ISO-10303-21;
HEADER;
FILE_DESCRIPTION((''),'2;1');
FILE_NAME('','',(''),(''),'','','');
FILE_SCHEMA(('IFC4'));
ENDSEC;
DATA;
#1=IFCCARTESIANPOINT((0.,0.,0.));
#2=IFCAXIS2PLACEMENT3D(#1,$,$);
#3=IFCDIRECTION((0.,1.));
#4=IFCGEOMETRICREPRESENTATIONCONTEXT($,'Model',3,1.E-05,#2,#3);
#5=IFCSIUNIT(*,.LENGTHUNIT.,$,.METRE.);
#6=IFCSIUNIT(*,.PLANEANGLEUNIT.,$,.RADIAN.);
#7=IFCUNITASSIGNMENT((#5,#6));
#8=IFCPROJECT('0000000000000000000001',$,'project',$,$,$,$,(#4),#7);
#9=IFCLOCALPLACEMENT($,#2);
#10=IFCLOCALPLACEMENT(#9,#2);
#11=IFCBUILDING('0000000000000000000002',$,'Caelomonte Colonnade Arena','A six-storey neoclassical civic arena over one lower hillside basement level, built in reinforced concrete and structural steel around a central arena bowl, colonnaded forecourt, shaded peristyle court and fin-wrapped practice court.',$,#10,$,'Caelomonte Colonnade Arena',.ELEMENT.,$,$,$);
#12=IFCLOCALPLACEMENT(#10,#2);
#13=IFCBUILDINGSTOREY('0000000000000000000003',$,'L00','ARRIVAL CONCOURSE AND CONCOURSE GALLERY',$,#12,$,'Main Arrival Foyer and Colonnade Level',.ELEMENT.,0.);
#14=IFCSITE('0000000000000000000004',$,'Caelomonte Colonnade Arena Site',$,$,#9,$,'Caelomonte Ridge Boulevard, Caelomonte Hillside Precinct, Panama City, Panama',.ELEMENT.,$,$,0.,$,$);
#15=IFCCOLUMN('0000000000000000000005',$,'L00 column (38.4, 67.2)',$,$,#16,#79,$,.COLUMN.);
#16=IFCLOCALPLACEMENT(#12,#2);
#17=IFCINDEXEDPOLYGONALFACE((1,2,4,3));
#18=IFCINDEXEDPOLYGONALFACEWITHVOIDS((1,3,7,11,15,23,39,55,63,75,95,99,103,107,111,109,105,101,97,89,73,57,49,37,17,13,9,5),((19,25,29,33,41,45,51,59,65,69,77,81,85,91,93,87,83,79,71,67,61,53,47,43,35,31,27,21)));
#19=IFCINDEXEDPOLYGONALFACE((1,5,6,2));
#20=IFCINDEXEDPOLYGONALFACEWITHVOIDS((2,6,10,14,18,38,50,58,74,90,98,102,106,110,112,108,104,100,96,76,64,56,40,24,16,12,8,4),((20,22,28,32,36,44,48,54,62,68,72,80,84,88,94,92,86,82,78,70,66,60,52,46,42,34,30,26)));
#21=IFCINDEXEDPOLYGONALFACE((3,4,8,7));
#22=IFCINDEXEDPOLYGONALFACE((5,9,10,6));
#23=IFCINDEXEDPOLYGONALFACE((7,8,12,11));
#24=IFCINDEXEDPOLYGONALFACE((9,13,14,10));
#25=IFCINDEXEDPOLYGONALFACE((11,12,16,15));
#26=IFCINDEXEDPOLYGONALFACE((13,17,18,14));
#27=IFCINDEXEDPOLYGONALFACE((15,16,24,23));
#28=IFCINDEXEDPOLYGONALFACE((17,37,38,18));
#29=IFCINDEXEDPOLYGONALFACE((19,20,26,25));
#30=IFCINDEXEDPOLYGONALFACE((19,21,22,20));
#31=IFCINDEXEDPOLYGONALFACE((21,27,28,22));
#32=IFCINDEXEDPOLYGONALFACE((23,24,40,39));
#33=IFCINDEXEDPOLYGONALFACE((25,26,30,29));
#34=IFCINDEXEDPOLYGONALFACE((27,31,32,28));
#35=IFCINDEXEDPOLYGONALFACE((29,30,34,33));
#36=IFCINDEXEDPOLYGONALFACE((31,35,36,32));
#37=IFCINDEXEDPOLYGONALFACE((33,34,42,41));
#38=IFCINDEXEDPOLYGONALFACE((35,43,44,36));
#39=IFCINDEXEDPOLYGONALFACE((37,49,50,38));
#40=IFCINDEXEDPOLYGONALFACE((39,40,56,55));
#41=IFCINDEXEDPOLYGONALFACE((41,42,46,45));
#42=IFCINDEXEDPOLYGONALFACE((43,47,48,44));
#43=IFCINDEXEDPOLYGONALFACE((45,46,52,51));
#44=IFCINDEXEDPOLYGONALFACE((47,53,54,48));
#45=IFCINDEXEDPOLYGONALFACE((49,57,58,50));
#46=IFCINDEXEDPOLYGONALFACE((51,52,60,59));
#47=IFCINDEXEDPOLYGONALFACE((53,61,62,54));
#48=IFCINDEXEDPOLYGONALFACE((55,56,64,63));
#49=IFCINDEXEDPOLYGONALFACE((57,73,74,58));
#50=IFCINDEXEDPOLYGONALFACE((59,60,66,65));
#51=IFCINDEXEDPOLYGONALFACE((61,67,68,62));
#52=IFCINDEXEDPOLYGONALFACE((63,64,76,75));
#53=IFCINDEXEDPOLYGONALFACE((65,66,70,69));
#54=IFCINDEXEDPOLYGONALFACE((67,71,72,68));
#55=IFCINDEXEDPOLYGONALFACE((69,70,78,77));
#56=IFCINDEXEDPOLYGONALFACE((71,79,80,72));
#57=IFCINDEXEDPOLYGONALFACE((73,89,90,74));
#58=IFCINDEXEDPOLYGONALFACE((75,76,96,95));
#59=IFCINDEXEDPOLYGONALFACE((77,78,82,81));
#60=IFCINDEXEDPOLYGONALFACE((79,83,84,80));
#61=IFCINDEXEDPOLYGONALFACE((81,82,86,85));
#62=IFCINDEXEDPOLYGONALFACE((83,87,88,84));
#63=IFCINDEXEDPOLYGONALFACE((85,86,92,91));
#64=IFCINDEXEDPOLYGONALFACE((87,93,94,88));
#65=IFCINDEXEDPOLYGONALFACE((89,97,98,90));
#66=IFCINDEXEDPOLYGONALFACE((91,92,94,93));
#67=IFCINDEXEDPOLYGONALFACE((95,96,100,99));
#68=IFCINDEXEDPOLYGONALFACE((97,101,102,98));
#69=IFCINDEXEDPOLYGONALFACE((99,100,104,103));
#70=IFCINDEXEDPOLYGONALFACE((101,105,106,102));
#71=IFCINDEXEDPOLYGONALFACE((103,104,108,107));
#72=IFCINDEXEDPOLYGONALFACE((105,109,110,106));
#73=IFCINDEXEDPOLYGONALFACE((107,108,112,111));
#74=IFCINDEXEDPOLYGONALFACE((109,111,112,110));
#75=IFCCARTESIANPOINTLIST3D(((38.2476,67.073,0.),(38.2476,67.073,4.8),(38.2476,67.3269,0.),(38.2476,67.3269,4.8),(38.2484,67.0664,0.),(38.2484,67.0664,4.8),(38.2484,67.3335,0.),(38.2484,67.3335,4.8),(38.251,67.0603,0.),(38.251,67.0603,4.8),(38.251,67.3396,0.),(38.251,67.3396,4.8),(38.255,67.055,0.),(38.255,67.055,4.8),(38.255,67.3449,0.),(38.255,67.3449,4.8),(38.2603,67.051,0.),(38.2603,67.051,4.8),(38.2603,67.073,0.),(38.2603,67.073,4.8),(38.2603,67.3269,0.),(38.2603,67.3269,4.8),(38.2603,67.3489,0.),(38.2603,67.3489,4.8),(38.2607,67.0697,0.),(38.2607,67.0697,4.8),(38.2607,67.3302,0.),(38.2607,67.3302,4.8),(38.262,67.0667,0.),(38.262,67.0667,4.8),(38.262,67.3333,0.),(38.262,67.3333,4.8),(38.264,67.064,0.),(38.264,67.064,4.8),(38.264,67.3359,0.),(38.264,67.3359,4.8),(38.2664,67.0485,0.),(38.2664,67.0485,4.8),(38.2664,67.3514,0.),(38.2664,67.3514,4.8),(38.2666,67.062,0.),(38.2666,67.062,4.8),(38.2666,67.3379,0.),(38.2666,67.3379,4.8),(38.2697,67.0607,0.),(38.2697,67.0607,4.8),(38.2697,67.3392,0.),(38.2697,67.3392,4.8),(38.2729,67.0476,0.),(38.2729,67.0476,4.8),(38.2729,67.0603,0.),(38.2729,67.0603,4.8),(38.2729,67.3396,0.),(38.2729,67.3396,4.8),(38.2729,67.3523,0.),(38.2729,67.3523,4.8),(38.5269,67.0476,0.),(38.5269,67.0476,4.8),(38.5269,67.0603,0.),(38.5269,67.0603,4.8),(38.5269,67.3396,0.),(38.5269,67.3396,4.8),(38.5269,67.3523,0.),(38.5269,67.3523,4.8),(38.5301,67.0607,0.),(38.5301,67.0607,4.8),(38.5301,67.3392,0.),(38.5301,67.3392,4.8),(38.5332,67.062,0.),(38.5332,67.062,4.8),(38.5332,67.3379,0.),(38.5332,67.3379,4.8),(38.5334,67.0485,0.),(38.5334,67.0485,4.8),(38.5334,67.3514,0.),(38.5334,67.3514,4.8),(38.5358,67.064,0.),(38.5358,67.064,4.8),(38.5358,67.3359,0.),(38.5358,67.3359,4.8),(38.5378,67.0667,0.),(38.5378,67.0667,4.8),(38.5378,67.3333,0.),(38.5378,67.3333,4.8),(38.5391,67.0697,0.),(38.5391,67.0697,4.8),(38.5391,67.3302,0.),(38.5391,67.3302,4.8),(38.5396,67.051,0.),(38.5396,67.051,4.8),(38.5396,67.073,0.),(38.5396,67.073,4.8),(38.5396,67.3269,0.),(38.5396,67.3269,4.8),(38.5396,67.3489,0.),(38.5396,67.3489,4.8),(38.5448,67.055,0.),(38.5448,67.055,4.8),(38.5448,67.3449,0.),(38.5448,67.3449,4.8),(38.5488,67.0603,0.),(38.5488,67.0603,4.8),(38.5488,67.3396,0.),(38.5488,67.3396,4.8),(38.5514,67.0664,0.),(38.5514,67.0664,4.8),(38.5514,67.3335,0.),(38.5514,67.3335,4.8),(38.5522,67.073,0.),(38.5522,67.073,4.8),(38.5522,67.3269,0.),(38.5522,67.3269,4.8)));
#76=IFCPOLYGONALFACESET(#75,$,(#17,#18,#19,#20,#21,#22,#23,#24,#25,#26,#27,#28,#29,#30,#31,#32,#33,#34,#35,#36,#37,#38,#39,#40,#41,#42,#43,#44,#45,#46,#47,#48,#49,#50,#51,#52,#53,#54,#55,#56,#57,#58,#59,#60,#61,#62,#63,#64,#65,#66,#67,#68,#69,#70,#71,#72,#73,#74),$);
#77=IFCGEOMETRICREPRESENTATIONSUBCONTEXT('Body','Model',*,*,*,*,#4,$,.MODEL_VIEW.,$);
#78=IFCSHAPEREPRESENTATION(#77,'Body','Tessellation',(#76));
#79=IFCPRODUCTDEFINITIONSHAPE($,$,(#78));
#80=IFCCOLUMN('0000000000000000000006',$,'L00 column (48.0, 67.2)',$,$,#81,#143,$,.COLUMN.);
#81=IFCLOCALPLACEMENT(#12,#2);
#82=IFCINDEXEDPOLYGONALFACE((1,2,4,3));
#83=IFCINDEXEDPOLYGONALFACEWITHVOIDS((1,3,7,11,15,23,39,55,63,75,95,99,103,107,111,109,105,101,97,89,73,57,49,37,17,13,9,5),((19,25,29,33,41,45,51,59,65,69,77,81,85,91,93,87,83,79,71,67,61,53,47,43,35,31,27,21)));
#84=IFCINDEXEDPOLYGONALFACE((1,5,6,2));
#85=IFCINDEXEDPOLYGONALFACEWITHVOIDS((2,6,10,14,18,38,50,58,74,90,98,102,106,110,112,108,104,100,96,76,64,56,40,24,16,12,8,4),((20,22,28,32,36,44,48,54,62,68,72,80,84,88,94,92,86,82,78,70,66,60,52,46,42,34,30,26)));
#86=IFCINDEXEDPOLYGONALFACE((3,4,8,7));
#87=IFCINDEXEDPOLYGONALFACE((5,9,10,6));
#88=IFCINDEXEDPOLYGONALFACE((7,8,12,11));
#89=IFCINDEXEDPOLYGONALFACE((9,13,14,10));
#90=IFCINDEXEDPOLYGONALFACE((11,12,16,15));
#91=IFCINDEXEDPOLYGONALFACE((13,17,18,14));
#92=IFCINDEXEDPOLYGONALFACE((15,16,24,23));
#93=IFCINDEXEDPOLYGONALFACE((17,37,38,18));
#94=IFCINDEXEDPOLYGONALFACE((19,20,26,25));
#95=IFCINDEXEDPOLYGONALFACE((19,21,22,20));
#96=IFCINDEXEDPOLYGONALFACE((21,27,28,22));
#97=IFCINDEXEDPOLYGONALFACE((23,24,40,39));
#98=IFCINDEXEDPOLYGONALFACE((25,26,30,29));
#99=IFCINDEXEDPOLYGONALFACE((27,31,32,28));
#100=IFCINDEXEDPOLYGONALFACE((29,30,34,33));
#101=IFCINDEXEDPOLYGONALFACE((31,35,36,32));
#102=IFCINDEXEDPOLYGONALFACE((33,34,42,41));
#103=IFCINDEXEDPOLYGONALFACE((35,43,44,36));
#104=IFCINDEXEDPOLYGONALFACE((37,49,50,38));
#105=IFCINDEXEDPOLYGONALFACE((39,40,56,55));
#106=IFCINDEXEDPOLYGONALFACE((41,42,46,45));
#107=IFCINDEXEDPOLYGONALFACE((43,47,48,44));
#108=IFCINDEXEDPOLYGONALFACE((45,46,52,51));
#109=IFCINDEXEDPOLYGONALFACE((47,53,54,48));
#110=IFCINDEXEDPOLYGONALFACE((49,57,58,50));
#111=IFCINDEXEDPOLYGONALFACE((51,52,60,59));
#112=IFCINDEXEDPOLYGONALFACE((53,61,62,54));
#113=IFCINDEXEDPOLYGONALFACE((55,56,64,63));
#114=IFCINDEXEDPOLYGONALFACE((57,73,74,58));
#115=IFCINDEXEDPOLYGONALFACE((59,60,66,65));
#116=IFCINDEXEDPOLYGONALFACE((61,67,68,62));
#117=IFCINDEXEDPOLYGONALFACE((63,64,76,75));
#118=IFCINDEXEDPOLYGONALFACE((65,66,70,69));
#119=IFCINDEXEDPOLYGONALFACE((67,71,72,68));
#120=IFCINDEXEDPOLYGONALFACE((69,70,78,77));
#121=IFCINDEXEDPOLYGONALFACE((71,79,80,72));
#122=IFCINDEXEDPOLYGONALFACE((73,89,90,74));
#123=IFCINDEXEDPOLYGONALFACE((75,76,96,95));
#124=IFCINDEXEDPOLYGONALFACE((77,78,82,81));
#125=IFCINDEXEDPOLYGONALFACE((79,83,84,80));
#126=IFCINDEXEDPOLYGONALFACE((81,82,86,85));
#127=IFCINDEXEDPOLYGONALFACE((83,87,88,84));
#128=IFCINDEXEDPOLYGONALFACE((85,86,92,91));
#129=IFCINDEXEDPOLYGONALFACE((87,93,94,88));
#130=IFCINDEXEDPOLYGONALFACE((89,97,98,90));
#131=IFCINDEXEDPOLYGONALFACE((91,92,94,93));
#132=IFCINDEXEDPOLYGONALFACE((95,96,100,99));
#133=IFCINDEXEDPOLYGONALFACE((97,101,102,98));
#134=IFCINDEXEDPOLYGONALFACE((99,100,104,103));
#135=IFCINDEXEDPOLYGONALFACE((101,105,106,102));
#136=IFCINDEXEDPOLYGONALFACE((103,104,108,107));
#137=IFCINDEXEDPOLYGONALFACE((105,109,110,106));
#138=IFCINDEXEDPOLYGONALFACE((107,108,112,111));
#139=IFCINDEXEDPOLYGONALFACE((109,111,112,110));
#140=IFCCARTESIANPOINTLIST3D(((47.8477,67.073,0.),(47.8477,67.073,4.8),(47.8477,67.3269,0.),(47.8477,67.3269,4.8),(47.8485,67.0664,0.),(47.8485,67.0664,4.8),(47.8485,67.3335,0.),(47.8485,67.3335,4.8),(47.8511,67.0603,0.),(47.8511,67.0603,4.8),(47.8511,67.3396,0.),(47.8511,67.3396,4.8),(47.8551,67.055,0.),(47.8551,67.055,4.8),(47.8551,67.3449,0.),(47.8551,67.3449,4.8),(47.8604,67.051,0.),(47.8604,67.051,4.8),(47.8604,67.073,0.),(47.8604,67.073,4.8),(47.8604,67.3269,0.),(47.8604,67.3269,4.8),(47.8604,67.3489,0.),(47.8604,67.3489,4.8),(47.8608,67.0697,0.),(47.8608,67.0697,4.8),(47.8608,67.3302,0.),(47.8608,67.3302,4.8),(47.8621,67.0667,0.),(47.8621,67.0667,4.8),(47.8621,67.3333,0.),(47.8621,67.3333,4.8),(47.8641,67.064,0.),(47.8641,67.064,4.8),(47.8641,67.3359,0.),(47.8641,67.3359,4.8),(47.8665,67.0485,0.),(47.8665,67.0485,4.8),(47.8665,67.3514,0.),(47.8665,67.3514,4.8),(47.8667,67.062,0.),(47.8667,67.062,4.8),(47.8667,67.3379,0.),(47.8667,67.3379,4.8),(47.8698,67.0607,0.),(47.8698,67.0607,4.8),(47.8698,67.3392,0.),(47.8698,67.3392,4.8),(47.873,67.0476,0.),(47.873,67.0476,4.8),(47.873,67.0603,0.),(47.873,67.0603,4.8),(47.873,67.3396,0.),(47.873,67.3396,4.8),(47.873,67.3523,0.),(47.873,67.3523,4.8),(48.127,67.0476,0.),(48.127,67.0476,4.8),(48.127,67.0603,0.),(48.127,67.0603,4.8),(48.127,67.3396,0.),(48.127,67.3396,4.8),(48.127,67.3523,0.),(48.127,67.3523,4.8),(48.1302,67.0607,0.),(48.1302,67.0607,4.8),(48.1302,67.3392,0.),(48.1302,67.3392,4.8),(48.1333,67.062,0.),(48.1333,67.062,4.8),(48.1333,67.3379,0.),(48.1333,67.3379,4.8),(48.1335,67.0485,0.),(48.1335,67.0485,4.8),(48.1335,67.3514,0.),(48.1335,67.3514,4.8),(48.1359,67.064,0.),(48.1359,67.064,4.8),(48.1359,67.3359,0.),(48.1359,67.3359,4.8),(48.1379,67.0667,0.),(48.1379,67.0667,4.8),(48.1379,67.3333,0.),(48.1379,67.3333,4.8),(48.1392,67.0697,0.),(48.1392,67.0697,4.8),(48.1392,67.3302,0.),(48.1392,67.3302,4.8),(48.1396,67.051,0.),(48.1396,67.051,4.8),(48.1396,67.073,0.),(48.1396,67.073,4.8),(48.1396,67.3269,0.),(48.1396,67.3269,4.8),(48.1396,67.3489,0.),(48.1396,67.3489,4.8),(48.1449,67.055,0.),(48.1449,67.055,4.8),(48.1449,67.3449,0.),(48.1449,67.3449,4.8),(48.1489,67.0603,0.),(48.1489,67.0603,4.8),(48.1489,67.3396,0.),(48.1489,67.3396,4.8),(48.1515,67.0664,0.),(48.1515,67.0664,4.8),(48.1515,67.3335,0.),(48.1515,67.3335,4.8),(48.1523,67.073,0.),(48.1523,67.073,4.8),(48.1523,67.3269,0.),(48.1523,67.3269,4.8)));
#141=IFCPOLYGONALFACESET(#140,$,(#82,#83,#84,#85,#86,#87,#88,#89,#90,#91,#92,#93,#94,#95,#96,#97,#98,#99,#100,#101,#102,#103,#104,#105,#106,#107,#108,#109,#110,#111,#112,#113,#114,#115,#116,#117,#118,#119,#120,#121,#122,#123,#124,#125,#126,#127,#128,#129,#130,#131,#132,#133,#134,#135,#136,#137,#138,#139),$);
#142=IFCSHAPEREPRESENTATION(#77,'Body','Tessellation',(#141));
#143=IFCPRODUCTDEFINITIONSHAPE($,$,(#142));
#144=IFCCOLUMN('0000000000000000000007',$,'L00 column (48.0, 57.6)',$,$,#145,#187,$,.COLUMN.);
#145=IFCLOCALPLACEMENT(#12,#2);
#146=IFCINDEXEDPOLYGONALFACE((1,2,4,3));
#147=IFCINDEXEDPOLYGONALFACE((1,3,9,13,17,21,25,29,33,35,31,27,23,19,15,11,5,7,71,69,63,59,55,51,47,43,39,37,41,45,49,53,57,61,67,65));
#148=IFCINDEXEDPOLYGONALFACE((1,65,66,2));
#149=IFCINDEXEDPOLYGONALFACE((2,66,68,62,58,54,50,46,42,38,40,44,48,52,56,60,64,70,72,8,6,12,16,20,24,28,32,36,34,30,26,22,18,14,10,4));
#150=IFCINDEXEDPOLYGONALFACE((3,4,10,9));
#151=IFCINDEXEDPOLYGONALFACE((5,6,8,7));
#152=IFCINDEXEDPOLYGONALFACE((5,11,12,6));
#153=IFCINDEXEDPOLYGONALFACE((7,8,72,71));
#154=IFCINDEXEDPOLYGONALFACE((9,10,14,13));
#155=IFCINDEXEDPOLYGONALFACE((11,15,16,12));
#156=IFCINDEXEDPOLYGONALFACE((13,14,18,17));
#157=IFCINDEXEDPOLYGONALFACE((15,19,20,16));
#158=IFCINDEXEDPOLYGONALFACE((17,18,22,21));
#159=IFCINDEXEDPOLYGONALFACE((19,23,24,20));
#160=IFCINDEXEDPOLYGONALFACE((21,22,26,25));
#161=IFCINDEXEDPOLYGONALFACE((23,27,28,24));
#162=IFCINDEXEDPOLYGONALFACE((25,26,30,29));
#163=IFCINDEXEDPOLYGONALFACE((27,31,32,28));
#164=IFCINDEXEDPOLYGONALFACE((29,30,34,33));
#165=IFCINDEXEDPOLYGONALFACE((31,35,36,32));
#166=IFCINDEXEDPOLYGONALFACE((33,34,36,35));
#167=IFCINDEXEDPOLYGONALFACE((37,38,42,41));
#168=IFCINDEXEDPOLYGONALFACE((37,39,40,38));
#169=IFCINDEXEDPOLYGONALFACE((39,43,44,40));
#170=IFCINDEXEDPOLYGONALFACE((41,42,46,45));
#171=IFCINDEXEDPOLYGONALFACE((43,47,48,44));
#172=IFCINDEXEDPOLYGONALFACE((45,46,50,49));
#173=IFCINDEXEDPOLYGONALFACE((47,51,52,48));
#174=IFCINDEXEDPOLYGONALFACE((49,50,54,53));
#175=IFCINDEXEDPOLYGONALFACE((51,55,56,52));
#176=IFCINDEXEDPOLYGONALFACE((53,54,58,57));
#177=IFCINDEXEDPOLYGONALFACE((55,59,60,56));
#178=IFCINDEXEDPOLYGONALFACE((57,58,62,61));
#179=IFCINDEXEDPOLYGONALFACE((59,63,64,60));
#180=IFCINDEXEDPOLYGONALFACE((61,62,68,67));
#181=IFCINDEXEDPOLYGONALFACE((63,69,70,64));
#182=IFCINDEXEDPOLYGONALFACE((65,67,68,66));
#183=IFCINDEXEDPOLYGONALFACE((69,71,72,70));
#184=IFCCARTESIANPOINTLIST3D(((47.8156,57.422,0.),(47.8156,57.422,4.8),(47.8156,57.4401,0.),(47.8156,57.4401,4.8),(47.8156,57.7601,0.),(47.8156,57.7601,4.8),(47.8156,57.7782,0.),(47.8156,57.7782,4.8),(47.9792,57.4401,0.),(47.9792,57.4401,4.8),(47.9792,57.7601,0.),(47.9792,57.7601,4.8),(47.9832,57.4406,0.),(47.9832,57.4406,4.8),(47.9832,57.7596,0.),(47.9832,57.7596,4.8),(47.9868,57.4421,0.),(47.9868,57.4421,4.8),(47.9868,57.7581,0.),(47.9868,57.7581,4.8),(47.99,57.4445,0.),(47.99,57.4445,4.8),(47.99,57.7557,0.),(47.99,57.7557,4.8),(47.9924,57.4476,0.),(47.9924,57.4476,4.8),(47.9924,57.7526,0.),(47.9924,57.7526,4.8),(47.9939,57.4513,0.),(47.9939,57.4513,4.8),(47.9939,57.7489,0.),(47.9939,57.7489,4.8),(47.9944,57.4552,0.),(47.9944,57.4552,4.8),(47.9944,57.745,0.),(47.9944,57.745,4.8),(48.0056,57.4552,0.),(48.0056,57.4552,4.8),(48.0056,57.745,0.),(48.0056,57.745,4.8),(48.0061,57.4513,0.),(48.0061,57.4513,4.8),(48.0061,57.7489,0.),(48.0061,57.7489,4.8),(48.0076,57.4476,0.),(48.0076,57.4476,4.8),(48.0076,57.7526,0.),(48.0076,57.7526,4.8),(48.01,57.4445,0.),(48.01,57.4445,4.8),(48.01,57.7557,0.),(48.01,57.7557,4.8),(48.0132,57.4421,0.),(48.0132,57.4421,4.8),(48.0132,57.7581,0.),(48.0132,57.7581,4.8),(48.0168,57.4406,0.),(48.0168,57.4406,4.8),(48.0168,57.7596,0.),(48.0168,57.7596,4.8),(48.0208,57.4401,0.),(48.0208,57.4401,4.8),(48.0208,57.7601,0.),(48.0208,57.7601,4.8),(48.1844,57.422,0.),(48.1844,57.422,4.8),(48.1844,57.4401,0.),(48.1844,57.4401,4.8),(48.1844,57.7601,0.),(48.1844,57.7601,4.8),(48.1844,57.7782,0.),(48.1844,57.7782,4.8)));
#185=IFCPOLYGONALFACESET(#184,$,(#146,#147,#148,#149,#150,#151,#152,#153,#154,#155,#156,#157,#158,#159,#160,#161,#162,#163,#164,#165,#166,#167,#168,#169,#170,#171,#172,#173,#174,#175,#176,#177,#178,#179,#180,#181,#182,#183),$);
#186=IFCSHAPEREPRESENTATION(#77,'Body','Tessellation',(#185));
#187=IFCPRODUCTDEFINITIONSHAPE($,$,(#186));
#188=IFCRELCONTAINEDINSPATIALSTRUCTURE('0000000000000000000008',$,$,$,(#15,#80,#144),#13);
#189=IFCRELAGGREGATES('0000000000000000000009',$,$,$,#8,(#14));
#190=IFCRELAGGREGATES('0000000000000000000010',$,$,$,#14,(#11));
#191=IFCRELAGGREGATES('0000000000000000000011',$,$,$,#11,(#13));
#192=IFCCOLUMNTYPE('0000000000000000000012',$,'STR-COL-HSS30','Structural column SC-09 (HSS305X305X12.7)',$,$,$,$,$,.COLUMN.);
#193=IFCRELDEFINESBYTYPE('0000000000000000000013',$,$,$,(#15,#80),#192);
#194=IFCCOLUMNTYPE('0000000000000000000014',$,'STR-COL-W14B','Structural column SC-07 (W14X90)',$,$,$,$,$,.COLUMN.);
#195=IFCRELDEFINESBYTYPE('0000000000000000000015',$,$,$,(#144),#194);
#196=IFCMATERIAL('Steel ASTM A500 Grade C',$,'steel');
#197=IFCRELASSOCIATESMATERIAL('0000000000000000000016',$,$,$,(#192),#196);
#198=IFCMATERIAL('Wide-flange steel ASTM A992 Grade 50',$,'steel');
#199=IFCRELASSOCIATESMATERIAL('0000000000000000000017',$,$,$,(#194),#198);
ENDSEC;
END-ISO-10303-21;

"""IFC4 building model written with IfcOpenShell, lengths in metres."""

from ifc_helpers import new_model, si_unit, direction, frame, origin, origin_2d, place, context, subcontext, project, spatial, hollow_rectangle, i_section, extrude, material, material_profile, profile_set, type_object, element, save


model = new_model("IFC4")

# Units and contexts
model_context = context("Model", 3, precision=1e-05, world=origin(), true_north=direction((0.0, 1.0)))
body_context = subcontext(model_context, "Body", "Model", "MODEL_VIEW")
ifc_project = project(units=[si_unit("LENGTHUNIT", "METRE"), si_unit("PLANEANGLEUNIT", "RADIAN")], contexts=[model_context])

# Site, building, storey
site_placement = place(None, origin())
site = spatial("IfcSite", under=ifc_project, at=site_placement, Name="Caelomonte Colonnade Arena Site", LongName="Caelomonte Ridge Boulevard, Caelomonte Hillside Precinct, Panama City, Panama", CompositionType="ELEMENT", RefElevation=0.0)
building_placement = place(site_placement, origin())
building = spatial("IfcBuilding", under=site, at=building_placement, Name="Caelomonte Colonnade Arena", Description="A six-storey neoclassical civic arena over one lower hillside basement level, built in reinforced concrete and structural steel around a central arena bowl, colonnaded forecourt, shaded peristyle court and fin-wrapped practice court.", LongName="Caelomonte Colonnade Arena", CompositionType="ELEMENT")
storey_placement = place(building_placement, origin())
storey = spatial("IfcBuildingStorey", under=building, at=storey_placement, Name="L00", Description="ARRIVAL CONCOURSE AND CONCOURSE GALLERY", LongName="Main Arrival Foyer and Colonnade Level", CompositionType="ELEMENT", Elevation=0.0)

# Columns
ifc_material_1 = material(Name="Steel ASTM A500 Grade C", Category="steel")
ifc_material_profile_1 = material_profile(ifc_material_1, hollow_rectangle(XDim=0.3047, YDim=0.3047, WallThickness=0.0127, InnerFilletRadius=0.0127, OuterFilletRadius=0.0254, at=origin_2d()), Name="HSS305X305X12.7")
ifc_profile_set_1 = profile_set([ifc_material_profile_1], Name="Steel ASTM A500 Grade C")
column_type_1 = type_object("IfcColumnType", Name="STR-COL-HSS30", Description="Structural column SC-09 (HSS305X305X12.7)", PredefinedType="COLUMN", material=ifc_profile_set_1)
for number, where, z_axis, x_axis, name in (
    (1, (38.3999, 67.2, 0.0), (0.0, 0.0, 1.0), (1.0, 0.0, 0.0), "L00 column (38.4, 67.2)"),
    (2, (48.0, 67.2, 0.0), (0.0, 0.0, 1.0), (1.0, 0.0, 0.0), "L00 column (48.0, 67.2)"),
):
    element("IfcColumn", number, at=place(storey_placement, frame(where, z_axis=z_axis, x_axis=x_axis)), inside=storey, type_object=column_type_1, Name=name, PredefinedType="COLUMN", context=body_context, shape_type="SweptSolid", body=[
        extrude(hollow_rectangle(XDim=0.3047, YDim=0.3047, WallThickness=0.0127, InnerFilletRadius=0.0127, OuterFilletRadius=0.0254, at=origin_2d()), origin(), (0.0, 0.0, 1.0), 4.8),
    ])
ifc_material_2 = material(Name="Wide-flange steel ASTM A992 Grade 50", Category="steel")
ifc_material_profile_2 = material_profile(ifc_material_2, i_section(OverallWidth=0.3689, OverallDepth=0.3562, WebThickness=0.0112, FlangeThickness=0.0181, FilletRadius=0.0151, at=origin_2d()), Name="W14X90")
ifc_profile_set_2 = profile_set([ifc_material_profile_2], Name="Wide-flange steel ASTM A992 Grade 50")
column_type_2 = type_object("IfcColumnType", Name="STR-COL-W14B", Description="Structural column SC-07 (W14X90)", PredefinedType="COLUMN", material=ifc_profile_set_2)
column_placement = place(storey_placement, frame((48.0, 57.6001, 0.0), z_axis=(0.0, 0.0, 1.0), x_axis=(1.0, 0.0, 0.0)))
element("IfcColumn", 3, at=column_placement, inside=storey, type_object=column_type_2, Name="L00 column (48.0, 57.6)", PredefinedType="COLUMN", context=body_context, shape_type="SweptSolid", body=[
    extrude(i_section(OverallWidth=0.3689, OverallDepth=0.3562, WebThickness=0.0112, FlangeThickness=0.0181, FilletRadius=0.0151, at=origin_2d()), origin(), (0.0, 0.0, 1.0), 4.8),
])

save(model, "model.ifc")
